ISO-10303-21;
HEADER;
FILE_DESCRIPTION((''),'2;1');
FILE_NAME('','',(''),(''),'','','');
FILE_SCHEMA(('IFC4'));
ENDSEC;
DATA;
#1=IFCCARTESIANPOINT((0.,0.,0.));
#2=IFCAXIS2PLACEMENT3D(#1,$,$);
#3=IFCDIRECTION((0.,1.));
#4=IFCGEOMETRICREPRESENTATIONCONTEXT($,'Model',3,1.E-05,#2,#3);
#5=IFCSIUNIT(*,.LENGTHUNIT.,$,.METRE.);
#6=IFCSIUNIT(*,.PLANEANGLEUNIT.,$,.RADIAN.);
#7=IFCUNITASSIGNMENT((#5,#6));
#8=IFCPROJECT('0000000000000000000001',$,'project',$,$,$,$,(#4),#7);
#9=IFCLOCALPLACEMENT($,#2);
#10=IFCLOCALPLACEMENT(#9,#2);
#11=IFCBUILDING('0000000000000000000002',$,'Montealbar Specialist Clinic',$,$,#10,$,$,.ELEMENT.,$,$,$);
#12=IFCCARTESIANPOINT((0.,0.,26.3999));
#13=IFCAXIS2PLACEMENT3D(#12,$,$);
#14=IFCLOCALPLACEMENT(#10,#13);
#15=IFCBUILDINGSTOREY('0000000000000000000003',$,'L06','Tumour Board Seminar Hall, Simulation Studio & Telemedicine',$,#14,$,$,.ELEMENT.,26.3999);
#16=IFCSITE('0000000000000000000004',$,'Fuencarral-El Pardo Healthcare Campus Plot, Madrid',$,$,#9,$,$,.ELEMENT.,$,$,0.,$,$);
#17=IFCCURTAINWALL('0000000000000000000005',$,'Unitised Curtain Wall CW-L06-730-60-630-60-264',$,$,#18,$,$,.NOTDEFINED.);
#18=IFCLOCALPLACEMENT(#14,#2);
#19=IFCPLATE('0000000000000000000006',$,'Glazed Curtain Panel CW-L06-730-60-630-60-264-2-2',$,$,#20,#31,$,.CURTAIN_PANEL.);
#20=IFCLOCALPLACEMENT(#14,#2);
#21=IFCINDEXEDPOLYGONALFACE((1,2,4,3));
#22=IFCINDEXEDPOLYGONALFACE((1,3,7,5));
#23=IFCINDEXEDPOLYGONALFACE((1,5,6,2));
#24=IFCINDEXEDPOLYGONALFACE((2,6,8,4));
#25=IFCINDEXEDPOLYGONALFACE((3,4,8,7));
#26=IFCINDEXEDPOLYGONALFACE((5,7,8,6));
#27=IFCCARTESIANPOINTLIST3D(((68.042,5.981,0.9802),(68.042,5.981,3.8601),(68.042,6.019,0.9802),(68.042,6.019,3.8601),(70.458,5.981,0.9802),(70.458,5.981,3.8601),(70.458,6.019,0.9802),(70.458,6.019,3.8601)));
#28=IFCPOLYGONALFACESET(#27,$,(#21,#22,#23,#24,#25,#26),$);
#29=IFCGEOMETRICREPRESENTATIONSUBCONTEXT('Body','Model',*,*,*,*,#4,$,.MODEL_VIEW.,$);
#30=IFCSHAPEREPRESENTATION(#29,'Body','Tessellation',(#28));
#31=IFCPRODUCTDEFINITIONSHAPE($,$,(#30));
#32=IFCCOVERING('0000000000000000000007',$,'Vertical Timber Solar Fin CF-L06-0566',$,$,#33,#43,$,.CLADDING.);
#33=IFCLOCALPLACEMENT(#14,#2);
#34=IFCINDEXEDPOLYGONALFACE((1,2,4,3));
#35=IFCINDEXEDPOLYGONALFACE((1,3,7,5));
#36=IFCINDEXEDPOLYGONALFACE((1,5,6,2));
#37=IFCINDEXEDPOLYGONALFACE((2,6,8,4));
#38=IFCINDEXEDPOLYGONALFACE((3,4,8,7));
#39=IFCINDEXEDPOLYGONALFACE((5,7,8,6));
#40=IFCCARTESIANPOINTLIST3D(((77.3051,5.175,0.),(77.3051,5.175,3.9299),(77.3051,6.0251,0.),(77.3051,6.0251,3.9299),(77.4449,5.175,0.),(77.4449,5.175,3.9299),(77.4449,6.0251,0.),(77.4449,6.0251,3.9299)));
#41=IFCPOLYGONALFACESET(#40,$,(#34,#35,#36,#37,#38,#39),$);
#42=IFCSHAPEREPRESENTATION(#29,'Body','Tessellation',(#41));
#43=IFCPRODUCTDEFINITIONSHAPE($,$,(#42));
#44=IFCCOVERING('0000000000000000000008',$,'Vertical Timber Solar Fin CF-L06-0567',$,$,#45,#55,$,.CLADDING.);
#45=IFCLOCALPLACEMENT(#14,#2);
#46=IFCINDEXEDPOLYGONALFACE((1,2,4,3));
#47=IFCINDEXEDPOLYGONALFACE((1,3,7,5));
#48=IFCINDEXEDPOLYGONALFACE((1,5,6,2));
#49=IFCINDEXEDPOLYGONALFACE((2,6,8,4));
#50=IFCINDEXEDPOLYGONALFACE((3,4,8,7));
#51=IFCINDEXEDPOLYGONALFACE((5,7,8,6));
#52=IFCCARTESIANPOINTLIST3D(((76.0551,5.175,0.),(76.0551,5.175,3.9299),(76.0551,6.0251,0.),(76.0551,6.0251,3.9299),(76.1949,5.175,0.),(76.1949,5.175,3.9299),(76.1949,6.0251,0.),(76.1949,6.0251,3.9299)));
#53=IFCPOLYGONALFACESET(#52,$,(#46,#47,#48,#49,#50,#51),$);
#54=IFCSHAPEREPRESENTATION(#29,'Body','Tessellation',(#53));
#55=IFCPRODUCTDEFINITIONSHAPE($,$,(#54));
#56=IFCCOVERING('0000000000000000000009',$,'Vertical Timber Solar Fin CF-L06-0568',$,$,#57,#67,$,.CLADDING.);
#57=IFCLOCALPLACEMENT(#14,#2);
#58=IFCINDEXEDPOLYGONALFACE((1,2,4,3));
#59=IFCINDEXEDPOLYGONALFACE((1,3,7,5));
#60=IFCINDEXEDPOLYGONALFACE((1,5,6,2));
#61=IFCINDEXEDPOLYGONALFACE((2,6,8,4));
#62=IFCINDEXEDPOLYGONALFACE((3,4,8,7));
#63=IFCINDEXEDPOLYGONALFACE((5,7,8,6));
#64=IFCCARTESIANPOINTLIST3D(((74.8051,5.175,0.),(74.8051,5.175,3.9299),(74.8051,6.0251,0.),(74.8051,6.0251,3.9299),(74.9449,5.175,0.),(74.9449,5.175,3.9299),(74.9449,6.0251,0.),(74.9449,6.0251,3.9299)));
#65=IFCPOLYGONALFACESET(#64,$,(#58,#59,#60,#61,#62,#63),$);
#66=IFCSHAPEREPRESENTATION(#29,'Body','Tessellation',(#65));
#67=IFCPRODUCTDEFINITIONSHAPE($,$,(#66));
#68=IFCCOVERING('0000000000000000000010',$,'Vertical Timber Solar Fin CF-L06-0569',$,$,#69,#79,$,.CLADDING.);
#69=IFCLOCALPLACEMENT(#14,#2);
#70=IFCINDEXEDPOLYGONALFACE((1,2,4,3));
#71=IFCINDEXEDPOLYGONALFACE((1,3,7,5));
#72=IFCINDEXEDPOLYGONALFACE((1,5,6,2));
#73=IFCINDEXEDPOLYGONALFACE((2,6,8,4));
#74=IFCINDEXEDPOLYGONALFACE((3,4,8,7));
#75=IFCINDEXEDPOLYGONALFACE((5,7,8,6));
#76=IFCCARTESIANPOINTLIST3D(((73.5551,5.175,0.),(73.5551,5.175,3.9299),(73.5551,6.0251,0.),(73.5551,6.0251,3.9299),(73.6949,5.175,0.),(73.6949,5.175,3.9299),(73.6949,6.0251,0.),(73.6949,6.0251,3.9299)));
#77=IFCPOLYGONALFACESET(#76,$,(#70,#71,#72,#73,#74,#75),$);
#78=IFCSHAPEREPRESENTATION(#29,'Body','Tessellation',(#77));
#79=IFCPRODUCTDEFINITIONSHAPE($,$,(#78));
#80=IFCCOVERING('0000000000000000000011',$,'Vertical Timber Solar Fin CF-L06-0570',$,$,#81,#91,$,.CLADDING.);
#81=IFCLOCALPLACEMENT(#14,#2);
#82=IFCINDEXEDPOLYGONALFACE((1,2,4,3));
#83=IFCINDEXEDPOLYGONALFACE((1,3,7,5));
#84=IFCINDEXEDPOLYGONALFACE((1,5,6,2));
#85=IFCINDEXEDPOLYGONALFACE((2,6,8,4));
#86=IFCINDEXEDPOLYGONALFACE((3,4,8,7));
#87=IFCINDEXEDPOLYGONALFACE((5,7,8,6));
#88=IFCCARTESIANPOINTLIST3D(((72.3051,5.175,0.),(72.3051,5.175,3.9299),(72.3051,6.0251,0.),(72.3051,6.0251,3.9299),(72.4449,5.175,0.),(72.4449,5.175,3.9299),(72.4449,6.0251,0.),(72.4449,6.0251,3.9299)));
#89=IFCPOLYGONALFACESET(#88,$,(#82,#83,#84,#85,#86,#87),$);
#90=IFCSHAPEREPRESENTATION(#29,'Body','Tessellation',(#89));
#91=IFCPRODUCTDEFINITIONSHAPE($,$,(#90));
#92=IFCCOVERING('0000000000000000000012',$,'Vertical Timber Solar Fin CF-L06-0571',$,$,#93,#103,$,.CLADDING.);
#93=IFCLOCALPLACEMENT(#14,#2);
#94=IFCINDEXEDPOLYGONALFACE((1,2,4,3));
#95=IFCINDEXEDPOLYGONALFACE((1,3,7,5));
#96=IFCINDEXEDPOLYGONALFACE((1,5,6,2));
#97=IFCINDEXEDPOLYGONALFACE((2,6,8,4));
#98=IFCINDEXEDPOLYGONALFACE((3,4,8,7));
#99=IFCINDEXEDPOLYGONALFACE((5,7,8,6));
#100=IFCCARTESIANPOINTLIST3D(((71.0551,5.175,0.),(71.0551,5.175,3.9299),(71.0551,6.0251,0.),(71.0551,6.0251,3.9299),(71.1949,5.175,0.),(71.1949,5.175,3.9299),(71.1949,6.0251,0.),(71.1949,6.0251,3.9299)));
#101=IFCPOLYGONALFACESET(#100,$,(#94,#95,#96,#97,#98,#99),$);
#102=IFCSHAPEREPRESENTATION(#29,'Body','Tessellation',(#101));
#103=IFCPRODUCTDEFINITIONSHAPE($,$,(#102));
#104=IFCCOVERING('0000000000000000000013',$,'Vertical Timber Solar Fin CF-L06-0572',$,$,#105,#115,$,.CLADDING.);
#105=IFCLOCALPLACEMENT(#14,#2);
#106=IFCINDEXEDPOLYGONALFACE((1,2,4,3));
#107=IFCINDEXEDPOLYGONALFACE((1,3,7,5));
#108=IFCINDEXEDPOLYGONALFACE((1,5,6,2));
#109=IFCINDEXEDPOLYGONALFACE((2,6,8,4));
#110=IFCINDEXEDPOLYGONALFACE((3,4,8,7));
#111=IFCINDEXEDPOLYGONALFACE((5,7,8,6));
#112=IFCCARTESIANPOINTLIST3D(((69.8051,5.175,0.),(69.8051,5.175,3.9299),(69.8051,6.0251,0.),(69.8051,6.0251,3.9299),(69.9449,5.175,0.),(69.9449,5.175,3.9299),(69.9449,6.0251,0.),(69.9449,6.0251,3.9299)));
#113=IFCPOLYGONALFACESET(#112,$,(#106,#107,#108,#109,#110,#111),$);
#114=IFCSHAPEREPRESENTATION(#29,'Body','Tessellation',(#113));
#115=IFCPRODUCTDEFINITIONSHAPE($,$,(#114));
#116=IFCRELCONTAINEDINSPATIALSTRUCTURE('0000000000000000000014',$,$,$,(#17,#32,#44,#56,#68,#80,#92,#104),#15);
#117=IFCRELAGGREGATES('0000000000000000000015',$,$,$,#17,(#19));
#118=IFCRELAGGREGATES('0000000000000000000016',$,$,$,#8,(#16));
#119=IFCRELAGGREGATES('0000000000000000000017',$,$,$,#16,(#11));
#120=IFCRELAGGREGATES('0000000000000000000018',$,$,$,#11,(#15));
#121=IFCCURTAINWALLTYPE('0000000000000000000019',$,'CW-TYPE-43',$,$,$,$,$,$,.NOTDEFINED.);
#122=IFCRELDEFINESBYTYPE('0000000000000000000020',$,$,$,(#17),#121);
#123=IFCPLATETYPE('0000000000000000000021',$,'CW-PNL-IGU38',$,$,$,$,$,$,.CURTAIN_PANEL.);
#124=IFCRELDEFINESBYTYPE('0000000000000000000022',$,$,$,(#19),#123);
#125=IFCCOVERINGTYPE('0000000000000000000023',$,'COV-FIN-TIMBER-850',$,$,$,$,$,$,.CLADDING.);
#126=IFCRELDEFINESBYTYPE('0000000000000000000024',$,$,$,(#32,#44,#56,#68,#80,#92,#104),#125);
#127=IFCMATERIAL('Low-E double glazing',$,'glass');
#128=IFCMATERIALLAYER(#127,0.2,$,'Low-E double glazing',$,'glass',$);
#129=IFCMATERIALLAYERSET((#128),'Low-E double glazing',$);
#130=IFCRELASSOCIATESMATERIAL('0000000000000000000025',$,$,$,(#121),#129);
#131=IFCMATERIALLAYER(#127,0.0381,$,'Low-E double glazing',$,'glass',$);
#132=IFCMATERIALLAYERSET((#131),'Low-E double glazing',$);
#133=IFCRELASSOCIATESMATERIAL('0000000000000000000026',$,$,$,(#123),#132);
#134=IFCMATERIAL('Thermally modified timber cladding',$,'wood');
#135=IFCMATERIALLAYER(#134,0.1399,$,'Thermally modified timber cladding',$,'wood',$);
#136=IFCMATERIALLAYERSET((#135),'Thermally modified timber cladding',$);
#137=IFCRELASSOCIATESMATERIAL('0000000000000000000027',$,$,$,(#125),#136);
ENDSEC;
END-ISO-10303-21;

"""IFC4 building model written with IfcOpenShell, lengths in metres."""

from ifc_helpers import new_model, si_unit, direction, frame, origin, origin_2d, place, context, subcontext, project, spatial, rectangle, extrude, material, layer, layer_set, type_object, element, aggregate, save


model = new_model("IFC4")

# Units and contexts
model_context = context("Model", 3, precision=1e-05, world=origin(), true_north=direction((0.0, 1.0)))
body_context = subcontext(model_context, "Body", "Model", "MODEL_VIEW")
ifc_project = project(units=[si_unit("LENGTHUNIT", "METRE"), si_unit("PLANEANGLEUNIT", "RADIAN")], contexts=[model_context])

# Site, building, storey
site_placement = place(None, origin())
site = spatial("IfcSite", under=ifc_project, at=site_placement, Name="Fuencarral-El Pardo Healthcare Campus Plot, Madrid", CompositionType="ELEMENT", RefElevation=0.0)
building_placement = place(site_placement, origin())
building = spatial("IfcBuilding", under=site, at=building_placement, Name="Montealbar Specialist Clinic", CompositionType="ELEMENT")
storey_placement = place(building_placement, frame((0.0, 0.0, 26.3999)))
storey = spatial("IfcBuildingStorey", under=building, at=storey_placement, Name="L06", Description="Tumour Board Seminar Hall, Simulation Studio & Telemedicine", CompositionType="ELEMENT", Elevation=26.3999)

# Curtain wall
ifc_material_1 = material(Name="Low-E double glazing", Category="glass")
ifc_layer_1 = layer(ifc_material_1, 0.2, Name="Low-E double glazing", Category="glass")
ifc_layer_set_1 = layer_set([ifc_layer_1], Name="Low-E double glazing")
curtain_wall_type = type_object("IfcCurtainWallType", Name="CW-TYPE-43", PredefinedType="NOTDEFINED", material=ifc_layer_set_1)
curtain_wall_1_placement = place(storey_placement, origin())
curtain_wall_1 = element("IfcCurtainWall", 1, at=curtain_wall_1_placement, inside=storey, type_object=curtain_wall_type, Name="Unitised Curtain Wall CW-L06-730-60-630-60-264", PredefinedType="NOTDEFINED")

# Plate
ifc_layer_2 = layer(ifc_material_1, 0.0381, Name="Low-E double glazing", Category="glass")
ifc_layer_set_2 = layer_set([ifc_layer_2], Name="Low-E double glazing")
plate_type = type_object("IfcPlateType", Name="CW-PNL-IGU38", PredefinedType="CURTAIN_PANEL", material=ifc_layer_set_2)
plate_1_placement = place(storey_placement, frame((69.25, 6.0, 0.9802), z_axis=(0.0, 0.0, 1.0), x_axis=(-1.0, 0.0, 0.0)))
plate_1 = element("IfcPlate", 2, at=plate_1_placement, type_object=plate_type, Name="Glazed Curtain Panel CW-L06-730-60-630-60-264-2-2", PredefinedType="CURTAIN_PANEL", context=body_context, shape_type="SweptSolid", body=[
    extrude(rectangle(XDim=2.416, YDim=0.0381, at=origin_2d()), origin(), (0.0, 0.0, 1.0), 2.8799),
])
aggregate(curtain_wall_1, [plate_1])

# Coverings
ifc_material_2 = material(Name="Thermally modified timber cladding", Category="wood")
ifc_layer_3 = layer(ifc_material_2, 0.1399, Name="Thermally modified timber cladding", Category="wood")
ifc_layer_set_3 = layer_set([ifc_layer_3], Name="Thermally modified timber cladding")
covering_type = type_object("IfcCoveringType", Name="COV-FIN-TIMBER-850", PredefinedType="CLADDING", material=ifc_layer_set_3)
for number, where, z_axis, x_axis, name in (
    (3, (77.375, 5.6001, 0.0), (0.0, 0.0, 1.0), (0.0, -1.0, 0.0), "Vertical Timber Solar Fin CF-L06-0566"),
    (4, (76.125, 5.6001, 0.0), (0.0, 0.0, 1.0), (0.0, -1.0, 0.0), "Vertical Timber Solar Fin CF-L06-0567"),
    (5, (74.875, 5.6001, 0.0), (0.0, 0.0, 1.0), (0.0, -1.0, 0.0), "Vertical Timber Solar Fin CF-L06-0568"),
    (6, (73.625, 5.6001, 0.0), (0.0, 0.0, 1.0), (0.0, -1.0, 0.0), "Vertical Timber Solar Fin CF-L06-0569"),
    (7, (72.375, 5.6001, 0.0), (0.0, 0.0, 1.0), (0.0, -1.0, 0.0), "Vertical Timber Solar Fin CF-L06-0570"),
    (8, (71.125, 5.6001, 0.0), (0.0, 0.0, 1.0), (0.0, -1.0, 0.0), "Vertical Timber Solar Fin CF-L06-0571"),
    (9, (69.875, 5.6001, 0.0), (0.0, 0.0, 1.0), (0.0, -1.0, 0.0), "Vertical Timber Solar Fin CF-L06-0572"),
):
    element("IfcCovering", number, at=place(storey_placement, frame(where, z_axis=z_axis, x_axis=x_axis)), inside=storey, type_object=covering_type, Name=name, PredefinedType="CLADDING", context=body_context, shape_type="SweptSolid", body=[
        extrude(rectangle(XDim=0.8501, YDim=0.1399, at=origin_2d()), origin(), (0.0, 0.0, 1.0), 3.9299),
    ])

save(model, "model.ifc")
